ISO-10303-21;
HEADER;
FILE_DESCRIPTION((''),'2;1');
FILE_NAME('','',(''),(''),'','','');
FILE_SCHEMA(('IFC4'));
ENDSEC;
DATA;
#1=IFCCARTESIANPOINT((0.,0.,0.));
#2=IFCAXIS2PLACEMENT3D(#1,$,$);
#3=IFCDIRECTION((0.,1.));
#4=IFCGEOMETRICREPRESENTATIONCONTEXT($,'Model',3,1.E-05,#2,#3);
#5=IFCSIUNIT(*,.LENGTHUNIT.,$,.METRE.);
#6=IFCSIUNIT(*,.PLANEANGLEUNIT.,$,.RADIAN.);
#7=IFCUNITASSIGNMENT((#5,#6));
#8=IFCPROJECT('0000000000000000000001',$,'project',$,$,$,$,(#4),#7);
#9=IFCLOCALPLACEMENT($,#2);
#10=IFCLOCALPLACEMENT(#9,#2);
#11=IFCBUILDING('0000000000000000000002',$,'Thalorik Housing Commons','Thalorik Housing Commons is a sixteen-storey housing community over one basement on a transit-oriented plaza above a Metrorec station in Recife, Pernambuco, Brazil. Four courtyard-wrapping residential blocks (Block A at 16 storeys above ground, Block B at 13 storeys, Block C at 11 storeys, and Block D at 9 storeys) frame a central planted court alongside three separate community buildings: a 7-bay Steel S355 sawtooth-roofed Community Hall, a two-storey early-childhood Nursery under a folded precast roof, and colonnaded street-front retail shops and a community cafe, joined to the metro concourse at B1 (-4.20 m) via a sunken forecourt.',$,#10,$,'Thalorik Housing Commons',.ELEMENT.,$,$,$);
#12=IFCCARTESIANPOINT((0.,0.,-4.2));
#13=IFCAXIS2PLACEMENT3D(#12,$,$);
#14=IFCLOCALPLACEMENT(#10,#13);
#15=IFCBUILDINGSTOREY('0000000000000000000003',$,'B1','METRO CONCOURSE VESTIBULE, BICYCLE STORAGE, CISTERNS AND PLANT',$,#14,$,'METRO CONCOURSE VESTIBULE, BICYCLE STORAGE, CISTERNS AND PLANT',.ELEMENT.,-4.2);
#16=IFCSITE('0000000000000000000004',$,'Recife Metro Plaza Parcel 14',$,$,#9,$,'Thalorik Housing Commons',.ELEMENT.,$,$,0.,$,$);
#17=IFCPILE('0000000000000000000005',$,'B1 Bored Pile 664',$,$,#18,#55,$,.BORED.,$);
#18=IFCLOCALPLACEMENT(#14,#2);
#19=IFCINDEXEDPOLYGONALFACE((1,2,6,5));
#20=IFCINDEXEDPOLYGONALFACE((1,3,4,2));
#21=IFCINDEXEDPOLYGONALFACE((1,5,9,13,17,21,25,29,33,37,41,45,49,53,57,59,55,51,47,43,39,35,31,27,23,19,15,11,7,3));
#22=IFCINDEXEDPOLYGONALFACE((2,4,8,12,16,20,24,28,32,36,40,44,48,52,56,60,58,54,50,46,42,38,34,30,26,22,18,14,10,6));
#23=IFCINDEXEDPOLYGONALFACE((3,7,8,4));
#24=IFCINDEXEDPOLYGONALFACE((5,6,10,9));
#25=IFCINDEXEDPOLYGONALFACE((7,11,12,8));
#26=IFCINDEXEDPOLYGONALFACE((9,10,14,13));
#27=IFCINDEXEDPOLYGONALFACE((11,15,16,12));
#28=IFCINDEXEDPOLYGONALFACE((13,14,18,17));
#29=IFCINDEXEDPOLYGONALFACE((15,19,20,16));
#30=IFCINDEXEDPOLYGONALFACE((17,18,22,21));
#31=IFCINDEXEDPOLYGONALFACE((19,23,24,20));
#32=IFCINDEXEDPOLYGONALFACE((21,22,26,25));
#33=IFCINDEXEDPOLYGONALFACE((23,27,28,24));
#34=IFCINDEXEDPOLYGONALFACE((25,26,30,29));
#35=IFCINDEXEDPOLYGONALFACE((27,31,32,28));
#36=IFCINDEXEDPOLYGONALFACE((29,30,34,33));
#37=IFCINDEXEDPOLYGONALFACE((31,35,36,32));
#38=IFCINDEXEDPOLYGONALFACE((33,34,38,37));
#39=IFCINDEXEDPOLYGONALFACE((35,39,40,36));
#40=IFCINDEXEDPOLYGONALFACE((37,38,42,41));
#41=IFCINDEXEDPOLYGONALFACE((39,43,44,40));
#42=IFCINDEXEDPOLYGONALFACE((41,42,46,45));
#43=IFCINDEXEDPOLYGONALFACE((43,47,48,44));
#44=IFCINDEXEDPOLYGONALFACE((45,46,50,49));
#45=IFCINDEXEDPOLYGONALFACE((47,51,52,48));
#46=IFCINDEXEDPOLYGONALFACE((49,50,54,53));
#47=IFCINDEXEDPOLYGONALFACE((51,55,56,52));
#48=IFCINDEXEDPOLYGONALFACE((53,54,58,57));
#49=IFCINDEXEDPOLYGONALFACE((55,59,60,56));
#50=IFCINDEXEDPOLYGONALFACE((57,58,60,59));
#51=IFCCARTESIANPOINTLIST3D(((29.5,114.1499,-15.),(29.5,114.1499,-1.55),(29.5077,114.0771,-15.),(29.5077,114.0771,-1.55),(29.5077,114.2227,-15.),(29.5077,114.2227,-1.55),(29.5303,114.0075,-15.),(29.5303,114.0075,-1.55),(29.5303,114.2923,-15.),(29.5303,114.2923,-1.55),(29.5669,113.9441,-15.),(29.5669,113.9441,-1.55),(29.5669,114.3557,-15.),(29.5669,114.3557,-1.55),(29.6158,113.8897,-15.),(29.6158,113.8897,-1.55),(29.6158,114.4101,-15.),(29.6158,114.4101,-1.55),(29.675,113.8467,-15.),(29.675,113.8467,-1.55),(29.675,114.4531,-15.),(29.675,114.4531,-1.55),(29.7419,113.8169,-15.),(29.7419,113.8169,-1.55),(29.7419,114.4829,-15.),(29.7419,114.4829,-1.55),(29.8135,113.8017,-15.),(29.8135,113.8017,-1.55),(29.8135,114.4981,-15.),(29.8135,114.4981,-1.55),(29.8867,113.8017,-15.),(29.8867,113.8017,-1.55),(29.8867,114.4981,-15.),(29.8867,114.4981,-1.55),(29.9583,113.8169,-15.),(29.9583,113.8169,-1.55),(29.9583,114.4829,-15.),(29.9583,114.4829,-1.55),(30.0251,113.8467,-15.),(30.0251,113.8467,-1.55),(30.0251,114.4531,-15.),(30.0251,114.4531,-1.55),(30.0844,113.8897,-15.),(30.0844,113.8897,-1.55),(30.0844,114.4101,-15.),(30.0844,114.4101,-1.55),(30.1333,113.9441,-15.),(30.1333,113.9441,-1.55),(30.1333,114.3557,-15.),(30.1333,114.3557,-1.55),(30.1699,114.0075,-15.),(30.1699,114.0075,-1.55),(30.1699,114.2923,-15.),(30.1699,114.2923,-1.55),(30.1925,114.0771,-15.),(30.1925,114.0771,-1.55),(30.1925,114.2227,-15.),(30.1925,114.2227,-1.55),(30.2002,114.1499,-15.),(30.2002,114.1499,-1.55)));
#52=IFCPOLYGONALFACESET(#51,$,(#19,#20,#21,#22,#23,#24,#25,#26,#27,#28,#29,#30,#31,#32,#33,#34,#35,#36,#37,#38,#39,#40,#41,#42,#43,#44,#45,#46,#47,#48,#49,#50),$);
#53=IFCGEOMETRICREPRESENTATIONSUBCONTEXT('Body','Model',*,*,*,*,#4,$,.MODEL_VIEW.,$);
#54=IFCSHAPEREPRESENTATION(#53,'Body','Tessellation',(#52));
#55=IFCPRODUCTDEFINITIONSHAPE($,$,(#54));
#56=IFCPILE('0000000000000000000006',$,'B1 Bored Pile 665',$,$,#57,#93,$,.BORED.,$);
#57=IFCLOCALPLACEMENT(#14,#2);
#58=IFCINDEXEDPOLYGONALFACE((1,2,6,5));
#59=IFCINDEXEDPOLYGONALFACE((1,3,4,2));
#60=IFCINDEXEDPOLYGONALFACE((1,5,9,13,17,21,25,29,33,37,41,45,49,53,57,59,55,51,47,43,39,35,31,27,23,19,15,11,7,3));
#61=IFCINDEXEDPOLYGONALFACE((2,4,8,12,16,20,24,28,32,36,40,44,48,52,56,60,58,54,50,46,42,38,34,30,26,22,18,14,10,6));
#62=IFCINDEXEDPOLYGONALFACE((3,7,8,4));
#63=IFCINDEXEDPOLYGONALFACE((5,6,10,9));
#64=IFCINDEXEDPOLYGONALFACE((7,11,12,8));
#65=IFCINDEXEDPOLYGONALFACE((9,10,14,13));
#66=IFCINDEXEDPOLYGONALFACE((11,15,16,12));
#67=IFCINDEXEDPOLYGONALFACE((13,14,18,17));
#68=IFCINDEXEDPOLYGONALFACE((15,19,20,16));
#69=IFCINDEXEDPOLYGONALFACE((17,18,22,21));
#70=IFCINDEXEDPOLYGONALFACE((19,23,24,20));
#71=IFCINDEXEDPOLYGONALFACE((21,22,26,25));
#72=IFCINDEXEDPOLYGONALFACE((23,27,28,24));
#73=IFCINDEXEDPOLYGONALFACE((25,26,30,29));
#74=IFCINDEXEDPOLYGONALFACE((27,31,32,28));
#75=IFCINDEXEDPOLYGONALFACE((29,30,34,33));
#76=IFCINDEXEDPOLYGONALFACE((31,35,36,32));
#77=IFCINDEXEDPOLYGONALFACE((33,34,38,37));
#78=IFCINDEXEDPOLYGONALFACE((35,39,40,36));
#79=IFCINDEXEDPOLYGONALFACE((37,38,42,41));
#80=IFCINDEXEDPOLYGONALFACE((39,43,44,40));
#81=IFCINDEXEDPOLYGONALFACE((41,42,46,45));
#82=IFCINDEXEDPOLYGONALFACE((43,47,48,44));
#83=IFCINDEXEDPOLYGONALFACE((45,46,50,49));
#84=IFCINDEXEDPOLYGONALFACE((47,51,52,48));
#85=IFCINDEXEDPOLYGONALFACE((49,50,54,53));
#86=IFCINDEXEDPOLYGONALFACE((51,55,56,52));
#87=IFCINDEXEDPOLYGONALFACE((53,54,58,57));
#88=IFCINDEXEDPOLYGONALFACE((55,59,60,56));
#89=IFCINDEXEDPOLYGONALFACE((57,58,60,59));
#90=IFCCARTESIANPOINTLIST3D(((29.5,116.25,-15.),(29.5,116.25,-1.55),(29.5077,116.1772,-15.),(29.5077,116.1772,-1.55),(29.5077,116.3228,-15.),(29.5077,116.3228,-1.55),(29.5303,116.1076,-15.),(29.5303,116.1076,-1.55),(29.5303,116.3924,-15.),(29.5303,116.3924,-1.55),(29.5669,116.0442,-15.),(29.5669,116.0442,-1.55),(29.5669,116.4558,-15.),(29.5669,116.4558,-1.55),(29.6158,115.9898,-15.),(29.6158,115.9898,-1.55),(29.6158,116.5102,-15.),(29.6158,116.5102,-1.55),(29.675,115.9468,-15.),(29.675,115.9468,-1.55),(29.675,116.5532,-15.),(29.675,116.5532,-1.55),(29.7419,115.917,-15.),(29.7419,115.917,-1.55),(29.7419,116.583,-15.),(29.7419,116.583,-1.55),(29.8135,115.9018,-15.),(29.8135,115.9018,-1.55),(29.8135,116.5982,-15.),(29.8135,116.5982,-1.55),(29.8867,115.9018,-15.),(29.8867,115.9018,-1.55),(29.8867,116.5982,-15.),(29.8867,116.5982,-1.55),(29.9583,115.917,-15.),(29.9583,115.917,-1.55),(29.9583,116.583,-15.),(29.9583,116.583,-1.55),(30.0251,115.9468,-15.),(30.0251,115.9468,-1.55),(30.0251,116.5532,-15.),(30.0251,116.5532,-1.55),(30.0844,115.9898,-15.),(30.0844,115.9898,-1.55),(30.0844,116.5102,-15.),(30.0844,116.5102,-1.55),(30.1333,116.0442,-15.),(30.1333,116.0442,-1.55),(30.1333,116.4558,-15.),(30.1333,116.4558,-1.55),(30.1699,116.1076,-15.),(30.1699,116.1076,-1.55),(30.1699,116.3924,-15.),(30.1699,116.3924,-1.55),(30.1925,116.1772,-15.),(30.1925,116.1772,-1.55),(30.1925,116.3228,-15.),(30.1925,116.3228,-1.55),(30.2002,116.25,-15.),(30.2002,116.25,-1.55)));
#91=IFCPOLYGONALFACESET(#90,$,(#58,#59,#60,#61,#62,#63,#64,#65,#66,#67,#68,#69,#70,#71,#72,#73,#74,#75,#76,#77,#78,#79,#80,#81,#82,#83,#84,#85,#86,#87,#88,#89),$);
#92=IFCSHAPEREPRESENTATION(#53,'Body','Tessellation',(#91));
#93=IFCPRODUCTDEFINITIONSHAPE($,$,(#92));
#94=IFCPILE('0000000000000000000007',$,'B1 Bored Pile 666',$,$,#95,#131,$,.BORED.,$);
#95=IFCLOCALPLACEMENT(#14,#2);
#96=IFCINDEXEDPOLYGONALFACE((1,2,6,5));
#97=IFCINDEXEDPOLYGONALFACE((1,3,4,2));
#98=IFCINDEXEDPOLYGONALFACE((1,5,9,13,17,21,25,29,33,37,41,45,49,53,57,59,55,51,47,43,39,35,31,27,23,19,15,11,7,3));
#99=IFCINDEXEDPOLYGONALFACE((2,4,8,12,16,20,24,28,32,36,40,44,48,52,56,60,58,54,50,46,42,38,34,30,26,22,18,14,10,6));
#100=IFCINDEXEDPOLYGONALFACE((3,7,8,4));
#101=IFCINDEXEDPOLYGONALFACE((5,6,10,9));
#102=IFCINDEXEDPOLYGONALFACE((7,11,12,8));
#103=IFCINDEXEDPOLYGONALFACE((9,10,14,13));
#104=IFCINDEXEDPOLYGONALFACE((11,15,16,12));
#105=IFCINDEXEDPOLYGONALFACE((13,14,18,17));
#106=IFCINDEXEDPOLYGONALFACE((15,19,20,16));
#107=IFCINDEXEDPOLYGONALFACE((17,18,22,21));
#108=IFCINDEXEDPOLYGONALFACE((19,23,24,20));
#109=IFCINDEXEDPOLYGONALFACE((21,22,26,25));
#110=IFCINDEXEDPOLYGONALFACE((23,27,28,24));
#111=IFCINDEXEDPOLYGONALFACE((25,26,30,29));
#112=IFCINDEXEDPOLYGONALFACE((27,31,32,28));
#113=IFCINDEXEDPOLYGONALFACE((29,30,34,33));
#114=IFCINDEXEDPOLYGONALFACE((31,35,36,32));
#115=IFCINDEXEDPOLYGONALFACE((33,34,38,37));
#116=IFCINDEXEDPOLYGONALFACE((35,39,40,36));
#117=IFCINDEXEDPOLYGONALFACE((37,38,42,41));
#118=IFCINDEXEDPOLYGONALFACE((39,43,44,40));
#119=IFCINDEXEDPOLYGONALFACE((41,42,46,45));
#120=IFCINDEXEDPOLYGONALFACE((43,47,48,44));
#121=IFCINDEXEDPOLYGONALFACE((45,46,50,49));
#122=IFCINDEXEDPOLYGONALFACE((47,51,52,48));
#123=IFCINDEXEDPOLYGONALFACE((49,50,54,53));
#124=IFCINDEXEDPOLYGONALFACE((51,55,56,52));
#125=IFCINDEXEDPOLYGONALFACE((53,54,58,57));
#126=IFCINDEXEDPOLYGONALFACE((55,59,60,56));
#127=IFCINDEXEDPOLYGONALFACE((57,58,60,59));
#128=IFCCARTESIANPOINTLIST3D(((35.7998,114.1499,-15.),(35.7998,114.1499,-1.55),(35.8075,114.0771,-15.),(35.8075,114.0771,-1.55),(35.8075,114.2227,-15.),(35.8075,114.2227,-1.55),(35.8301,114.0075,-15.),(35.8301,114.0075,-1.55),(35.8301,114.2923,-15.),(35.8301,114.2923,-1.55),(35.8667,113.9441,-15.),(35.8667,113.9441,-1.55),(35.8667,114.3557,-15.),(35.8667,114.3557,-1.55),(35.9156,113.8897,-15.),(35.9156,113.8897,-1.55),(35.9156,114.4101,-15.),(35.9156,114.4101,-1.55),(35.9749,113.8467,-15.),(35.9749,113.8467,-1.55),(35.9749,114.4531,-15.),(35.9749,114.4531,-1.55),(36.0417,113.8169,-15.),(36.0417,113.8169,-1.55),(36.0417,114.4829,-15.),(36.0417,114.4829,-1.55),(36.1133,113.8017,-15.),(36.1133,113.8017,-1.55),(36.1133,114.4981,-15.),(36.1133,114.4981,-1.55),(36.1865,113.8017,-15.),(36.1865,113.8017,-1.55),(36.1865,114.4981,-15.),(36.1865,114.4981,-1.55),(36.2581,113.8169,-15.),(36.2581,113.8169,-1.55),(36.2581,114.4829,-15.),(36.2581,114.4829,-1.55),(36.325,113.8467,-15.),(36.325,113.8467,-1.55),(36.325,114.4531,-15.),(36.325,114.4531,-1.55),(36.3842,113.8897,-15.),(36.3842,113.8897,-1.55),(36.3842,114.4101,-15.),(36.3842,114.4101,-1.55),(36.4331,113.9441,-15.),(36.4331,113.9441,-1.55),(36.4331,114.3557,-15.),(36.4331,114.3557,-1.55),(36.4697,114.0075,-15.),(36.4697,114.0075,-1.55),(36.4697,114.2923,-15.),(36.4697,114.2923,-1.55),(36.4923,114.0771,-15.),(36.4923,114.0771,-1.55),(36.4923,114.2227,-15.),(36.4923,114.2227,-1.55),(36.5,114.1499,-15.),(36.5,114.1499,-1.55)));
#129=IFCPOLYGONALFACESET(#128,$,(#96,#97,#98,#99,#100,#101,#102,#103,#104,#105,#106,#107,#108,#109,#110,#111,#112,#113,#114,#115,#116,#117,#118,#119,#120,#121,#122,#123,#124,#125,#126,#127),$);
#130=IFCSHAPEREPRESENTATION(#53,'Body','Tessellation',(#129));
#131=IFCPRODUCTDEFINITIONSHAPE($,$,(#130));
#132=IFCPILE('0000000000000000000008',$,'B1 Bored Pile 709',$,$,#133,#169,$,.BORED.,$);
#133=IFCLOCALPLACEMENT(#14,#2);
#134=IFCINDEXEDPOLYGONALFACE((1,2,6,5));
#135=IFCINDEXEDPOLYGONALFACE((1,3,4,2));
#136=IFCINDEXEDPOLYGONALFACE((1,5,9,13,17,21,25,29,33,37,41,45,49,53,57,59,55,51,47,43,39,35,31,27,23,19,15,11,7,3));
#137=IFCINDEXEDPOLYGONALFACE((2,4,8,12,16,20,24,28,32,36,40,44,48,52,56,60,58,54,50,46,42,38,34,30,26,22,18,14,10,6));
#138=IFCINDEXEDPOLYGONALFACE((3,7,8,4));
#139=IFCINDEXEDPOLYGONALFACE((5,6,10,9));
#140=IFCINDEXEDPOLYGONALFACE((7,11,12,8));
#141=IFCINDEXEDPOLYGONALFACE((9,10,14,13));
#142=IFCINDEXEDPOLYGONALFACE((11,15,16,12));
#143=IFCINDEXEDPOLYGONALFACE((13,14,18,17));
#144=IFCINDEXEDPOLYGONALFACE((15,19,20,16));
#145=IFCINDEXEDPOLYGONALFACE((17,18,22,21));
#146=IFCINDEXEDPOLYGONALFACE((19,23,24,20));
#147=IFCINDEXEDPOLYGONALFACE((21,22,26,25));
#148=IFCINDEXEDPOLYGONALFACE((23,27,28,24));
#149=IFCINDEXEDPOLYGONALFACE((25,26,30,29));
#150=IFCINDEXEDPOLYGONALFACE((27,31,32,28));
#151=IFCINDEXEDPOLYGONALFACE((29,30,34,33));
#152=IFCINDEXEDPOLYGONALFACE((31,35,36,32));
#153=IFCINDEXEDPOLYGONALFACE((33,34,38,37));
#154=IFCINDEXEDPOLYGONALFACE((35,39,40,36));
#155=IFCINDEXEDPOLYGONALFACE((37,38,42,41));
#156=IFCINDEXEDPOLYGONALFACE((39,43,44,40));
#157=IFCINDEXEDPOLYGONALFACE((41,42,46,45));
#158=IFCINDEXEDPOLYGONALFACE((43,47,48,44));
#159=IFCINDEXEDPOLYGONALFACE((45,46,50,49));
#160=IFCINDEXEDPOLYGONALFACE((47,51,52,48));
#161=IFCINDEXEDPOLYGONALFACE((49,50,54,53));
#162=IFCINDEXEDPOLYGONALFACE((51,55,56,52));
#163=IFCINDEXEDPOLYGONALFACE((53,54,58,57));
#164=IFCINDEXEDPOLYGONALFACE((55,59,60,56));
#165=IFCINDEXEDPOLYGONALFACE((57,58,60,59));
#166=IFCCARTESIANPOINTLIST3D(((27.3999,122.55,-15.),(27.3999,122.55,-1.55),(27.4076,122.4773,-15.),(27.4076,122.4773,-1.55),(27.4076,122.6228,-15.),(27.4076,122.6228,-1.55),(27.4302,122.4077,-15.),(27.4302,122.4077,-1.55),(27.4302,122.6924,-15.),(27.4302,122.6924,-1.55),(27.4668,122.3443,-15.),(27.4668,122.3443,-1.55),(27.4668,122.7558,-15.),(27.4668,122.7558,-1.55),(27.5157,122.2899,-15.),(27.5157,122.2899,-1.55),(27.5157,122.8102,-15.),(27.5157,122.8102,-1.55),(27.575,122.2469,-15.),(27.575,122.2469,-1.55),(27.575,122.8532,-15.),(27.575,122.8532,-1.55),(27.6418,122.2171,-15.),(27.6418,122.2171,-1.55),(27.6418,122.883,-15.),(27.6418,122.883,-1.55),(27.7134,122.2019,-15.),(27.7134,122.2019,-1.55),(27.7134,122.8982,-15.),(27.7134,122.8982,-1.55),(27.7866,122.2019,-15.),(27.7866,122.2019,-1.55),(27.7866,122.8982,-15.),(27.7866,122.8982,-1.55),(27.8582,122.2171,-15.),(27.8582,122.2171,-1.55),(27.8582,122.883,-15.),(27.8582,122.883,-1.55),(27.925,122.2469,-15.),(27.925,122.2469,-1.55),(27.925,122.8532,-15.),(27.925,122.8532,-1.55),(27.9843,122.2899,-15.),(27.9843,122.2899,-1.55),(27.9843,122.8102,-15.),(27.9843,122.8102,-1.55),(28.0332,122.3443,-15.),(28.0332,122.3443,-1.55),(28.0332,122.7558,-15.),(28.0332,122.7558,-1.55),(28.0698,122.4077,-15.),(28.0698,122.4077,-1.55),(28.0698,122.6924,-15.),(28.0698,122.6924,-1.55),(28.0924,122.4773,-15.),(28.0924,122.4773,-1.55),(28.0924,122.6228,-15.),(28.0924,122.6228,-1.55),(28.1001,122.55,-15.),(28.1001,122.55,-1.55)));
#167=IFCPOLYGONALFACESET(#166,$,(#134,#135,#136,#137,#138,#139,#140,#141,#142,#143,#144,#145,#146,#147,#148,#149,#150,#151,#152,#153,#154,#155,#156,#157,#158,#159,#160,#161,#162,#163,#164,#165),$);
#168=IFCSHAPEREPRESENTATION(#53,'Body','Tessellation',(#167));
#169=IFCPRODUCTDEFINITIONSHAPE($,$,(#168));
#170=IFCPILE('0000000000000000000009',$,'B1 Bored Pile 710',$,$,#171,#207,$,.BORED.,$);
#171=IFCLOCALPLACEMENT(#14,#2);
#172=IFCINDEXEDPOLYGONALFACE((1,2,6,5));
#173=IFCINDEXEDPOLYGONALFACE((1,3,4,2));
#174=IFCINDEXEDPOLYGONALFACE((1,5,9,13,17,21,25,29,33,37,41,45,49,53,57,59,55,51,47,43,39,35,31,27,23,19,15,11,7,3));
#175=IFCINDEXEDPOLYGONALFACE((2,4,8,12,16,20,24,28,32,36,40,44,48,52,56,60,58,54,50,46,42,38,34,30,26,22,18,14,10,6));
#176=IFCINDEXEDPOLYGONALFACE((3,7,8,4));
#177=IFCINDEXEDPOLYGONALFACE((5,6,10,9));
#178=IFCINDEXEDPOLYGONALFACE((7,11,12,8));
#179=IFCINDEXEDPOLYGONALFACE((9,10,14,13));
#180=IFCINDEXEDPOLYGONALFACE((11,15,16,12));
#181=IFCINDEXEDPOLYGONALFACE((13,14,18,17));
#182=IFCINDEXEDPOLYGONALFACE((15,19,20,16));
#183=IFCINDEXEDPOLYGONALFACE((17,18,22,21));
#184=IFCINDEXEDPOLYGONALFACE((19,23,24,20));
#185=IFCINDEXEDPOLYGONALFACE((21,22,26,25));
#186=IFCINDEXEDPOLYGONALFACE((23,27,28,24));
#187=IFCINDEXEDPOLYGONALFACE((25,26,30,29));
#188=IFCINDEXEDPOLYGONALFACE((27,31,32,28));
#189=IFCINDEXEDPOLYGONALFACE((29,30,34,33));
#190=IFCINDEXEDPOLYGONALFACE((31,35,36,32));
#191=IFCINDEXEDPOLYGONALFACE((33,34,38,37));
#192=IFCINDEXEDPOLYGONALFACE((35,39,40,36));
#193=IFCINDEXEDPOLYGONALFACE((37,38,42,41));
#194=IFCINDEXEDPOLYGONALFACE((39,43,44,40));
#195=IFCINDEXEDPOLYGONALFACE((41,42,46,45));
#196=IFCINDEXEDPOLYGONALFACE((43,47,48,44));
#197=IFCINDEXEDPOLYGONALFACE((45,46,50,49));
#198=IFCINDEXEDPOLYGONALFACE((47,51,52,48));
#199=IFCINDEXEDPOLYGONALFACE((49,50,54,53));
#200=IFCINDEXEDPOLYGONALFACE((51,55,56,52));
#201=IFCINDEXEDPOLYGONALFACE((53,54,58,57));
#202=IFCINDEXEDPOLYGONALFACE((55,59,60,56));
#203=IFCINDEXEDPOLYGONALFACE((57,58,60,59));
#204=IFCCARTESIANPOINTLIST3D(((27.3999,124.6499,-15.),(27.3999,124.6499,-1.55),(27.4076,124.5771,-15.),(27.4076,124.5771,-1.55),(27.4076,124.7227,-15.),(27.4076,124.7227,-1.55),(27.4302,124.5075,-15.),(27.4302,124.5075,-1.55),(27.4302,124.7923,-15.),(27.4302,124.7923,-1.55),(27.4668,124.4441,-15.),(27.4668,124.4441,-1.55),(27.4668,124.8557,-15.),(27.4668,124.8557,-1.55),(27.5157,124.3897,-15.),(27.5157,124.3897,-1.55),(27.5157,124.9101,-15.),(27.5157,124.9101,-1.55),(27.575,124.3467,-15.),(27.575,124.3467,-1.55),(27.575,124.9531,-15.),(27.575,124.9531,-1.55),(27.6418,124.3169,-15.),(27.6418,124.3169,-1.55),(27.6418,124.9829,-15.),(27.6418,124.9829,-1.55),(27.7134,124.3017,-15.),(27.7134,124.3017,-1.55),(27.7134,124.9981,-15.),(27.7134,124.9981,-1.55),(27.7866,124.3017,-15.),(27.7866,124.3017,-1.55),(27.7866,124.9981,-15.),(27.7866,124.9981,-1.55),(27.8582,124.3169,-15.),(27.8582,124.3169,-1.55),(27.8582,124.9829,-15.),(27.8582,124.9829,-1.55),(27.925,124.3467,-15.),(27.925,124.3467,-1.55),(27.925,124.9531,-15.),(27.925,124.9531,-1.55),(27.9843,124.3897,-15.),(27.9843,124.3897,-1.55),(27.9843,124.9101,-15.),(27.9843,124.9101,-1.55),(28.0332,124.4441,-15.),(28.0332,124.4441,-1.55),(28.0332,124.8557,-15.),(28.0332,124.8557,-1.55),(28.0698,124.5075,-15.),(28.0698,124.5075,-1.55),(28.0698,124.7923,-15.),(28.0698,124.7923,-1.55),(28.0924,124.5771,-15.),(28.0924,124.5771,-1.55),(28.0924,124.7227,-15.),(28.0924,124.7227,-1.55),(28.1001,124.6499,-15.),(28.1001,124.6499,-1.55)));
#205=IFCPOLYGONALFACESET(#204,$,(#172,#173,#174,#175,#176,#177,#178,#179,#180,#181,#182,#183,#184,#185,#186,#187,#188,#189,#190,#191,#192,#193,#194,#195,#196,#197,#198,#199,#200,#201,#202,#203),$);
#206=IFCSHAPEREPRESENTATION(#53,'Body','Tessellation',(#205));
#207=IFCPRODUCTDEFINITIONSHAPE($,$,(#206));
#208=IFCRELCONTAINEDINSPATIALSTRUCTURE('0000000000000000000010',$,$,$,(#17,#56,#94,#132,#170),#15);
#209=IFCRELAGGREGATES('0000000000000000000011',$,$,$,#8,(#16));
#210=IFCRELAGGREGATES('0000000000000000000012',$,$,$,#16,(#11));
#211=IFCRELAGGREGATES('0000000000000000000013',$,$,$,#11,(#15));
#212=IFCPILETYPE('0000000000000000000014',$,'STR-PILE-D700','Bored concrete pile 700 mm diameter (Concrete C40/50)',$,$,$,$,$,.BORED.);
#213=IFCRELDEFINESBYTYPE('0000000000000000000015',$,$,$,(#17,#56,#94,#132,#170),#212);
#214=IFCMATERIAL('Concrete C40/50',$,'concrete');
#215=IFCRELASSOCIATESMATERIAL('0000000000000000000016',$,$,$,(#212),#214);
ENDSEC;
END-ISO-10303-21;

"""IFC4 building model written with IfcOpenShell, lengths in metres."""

from ifc_helpers import new_model, si_unit, direction, frame, origin, origin_2d, place, context, subcontext, project, spatial, circle, extrude, material, material_profile, profile_set, type_object, element, save


model = new_model("IFC4")

# Units and contexts
model_context = context("Model", 3, precision=1e-05, world=origin(), true_north=direction((0.0, 1.0)))
body_context = subcontext(model_context, "Body", "Model", "MODEL_VIEW")
ifc_project = project(units=[si_unit("LENGTHUNIT", "METRE"), si_unit("PLANEANGLEUNIT", "RADIAN")], contexts=[model_context])

# Site, building, storey
site_placement = place(None, origin())
site = spatial("IfcSite", under=ifc_project, at=site_placement, Name="Recife Metro Plaza Parcel 14", LongName="Thalorik Housing Commons", CompositionType="ELEMENT", RefElevation=0.0)
building_placement = place(site_placement, origin())
building = spatial("IfcBuilding", under=site, at=building_placement, Name="Thalorik Housing Commons", Description="Thalorik Housing Commons is a sixteen-storey housing community over one basement on a transit-oriented plaza above a Metrorec station in Recife, Pernambuco, Brazil. Four courtyard-wrapping residential blocks (Block A at 16 storeys above ground, Block B at 13 storeys, Block C at 11 storeys, and Block D at 9 storeys) frame a central planted court alongside three separate community buildings: a 7-bay Steel S355 sawtooth-roofed Community Hall, a two-storey early-childhood Nursery under a folded precast roof, and colonnaded street-front retail shops and a community cafe, joined to the metro concourse at B1 (-4.20 m) via a sunken forecourt.", LongName="Thalorik Housing Commons", CompositionType="ELEMENT")
storey_placement = place(building_placement, frame((0.0, 0.0, -4.2)))
storey = spatial("IfcBuildingStorey", under=building, at=storey_placement, Name="B1", Description="METRO CONCOURSE VESTIBULE, BICYCLE STORAGE, CISTERNS AND PLANT", LongName="METRO CONCOURSE VESTIBULE, BICYCLE STORAGE, CISTERNS AND PLANT", CompositionType="ELEMENT", Elevation=-4.2)

# Shared definitions
ifc_material_1 = material(Name="Concrete C40/50", Category="concrete")

# Piles
ifc_material_profile_1 = material_profile(ifc_material_1, circle(Radius=0.3501, at=origin_2d()), Name="BORED PILE D700", Category="concrete")
ifc_profile_set_1 = profile_set([ifc_material_profile_1], Name="Concrete C40/50")
pile_type_1 = type_object("IfcPileType", Name="STR-PILE-D700", Description="Bored concrete pile 700 mm diameter (Concrete C40/50)", PredefinedType="BORED", material=ifc_profile_set_1)
for number, where, z_axis, x_axis, name in (
    (1, (29.8501, 114.1499, -1.55), (0.0, 0.0, -1.0), (1.0, 0.0, 0.0), "B1 Bored Pile 664"),
    (2, (29.8501, 116.25, -1.55), (0.0, 0.0, -1.0), (1.0, 0.0, 0.0), "B1 Bored Pile 665"),
    (3, (36.1499, 114.1499, -1.55), (0.0, 0.0, -1.0), (1.0, 0.0, 0.0), "B1 Bored Pile 666"),
    (4, (27.75, 122.55, -1.55), (0.0, 0.0, -1.0), (1.0, 0.0, 0.0), "B1 Bored Pile 709"),
    (5, (27.75, 124.6499, -1.55), (0.0, 0.0, -1.0), (1.0, 0.0, 0.0), "B1 Bored Pile 710"),
):
    element("IfcPile", number, at=place(storey_placement, frame(where, z_axis=z_axis, x_axis=x_axis)), inside=storey, type_object=pile_type_1, Name=name, PredefinedType="BORED", context=body_context, shape_type="SweptSolid", body=[
        extrude(circle(Radius=0.3501, at=origin_2d()), origin(), (0.0, 0.0, 1.0), 13.45),
    ])

save(model, "model.ifc")
